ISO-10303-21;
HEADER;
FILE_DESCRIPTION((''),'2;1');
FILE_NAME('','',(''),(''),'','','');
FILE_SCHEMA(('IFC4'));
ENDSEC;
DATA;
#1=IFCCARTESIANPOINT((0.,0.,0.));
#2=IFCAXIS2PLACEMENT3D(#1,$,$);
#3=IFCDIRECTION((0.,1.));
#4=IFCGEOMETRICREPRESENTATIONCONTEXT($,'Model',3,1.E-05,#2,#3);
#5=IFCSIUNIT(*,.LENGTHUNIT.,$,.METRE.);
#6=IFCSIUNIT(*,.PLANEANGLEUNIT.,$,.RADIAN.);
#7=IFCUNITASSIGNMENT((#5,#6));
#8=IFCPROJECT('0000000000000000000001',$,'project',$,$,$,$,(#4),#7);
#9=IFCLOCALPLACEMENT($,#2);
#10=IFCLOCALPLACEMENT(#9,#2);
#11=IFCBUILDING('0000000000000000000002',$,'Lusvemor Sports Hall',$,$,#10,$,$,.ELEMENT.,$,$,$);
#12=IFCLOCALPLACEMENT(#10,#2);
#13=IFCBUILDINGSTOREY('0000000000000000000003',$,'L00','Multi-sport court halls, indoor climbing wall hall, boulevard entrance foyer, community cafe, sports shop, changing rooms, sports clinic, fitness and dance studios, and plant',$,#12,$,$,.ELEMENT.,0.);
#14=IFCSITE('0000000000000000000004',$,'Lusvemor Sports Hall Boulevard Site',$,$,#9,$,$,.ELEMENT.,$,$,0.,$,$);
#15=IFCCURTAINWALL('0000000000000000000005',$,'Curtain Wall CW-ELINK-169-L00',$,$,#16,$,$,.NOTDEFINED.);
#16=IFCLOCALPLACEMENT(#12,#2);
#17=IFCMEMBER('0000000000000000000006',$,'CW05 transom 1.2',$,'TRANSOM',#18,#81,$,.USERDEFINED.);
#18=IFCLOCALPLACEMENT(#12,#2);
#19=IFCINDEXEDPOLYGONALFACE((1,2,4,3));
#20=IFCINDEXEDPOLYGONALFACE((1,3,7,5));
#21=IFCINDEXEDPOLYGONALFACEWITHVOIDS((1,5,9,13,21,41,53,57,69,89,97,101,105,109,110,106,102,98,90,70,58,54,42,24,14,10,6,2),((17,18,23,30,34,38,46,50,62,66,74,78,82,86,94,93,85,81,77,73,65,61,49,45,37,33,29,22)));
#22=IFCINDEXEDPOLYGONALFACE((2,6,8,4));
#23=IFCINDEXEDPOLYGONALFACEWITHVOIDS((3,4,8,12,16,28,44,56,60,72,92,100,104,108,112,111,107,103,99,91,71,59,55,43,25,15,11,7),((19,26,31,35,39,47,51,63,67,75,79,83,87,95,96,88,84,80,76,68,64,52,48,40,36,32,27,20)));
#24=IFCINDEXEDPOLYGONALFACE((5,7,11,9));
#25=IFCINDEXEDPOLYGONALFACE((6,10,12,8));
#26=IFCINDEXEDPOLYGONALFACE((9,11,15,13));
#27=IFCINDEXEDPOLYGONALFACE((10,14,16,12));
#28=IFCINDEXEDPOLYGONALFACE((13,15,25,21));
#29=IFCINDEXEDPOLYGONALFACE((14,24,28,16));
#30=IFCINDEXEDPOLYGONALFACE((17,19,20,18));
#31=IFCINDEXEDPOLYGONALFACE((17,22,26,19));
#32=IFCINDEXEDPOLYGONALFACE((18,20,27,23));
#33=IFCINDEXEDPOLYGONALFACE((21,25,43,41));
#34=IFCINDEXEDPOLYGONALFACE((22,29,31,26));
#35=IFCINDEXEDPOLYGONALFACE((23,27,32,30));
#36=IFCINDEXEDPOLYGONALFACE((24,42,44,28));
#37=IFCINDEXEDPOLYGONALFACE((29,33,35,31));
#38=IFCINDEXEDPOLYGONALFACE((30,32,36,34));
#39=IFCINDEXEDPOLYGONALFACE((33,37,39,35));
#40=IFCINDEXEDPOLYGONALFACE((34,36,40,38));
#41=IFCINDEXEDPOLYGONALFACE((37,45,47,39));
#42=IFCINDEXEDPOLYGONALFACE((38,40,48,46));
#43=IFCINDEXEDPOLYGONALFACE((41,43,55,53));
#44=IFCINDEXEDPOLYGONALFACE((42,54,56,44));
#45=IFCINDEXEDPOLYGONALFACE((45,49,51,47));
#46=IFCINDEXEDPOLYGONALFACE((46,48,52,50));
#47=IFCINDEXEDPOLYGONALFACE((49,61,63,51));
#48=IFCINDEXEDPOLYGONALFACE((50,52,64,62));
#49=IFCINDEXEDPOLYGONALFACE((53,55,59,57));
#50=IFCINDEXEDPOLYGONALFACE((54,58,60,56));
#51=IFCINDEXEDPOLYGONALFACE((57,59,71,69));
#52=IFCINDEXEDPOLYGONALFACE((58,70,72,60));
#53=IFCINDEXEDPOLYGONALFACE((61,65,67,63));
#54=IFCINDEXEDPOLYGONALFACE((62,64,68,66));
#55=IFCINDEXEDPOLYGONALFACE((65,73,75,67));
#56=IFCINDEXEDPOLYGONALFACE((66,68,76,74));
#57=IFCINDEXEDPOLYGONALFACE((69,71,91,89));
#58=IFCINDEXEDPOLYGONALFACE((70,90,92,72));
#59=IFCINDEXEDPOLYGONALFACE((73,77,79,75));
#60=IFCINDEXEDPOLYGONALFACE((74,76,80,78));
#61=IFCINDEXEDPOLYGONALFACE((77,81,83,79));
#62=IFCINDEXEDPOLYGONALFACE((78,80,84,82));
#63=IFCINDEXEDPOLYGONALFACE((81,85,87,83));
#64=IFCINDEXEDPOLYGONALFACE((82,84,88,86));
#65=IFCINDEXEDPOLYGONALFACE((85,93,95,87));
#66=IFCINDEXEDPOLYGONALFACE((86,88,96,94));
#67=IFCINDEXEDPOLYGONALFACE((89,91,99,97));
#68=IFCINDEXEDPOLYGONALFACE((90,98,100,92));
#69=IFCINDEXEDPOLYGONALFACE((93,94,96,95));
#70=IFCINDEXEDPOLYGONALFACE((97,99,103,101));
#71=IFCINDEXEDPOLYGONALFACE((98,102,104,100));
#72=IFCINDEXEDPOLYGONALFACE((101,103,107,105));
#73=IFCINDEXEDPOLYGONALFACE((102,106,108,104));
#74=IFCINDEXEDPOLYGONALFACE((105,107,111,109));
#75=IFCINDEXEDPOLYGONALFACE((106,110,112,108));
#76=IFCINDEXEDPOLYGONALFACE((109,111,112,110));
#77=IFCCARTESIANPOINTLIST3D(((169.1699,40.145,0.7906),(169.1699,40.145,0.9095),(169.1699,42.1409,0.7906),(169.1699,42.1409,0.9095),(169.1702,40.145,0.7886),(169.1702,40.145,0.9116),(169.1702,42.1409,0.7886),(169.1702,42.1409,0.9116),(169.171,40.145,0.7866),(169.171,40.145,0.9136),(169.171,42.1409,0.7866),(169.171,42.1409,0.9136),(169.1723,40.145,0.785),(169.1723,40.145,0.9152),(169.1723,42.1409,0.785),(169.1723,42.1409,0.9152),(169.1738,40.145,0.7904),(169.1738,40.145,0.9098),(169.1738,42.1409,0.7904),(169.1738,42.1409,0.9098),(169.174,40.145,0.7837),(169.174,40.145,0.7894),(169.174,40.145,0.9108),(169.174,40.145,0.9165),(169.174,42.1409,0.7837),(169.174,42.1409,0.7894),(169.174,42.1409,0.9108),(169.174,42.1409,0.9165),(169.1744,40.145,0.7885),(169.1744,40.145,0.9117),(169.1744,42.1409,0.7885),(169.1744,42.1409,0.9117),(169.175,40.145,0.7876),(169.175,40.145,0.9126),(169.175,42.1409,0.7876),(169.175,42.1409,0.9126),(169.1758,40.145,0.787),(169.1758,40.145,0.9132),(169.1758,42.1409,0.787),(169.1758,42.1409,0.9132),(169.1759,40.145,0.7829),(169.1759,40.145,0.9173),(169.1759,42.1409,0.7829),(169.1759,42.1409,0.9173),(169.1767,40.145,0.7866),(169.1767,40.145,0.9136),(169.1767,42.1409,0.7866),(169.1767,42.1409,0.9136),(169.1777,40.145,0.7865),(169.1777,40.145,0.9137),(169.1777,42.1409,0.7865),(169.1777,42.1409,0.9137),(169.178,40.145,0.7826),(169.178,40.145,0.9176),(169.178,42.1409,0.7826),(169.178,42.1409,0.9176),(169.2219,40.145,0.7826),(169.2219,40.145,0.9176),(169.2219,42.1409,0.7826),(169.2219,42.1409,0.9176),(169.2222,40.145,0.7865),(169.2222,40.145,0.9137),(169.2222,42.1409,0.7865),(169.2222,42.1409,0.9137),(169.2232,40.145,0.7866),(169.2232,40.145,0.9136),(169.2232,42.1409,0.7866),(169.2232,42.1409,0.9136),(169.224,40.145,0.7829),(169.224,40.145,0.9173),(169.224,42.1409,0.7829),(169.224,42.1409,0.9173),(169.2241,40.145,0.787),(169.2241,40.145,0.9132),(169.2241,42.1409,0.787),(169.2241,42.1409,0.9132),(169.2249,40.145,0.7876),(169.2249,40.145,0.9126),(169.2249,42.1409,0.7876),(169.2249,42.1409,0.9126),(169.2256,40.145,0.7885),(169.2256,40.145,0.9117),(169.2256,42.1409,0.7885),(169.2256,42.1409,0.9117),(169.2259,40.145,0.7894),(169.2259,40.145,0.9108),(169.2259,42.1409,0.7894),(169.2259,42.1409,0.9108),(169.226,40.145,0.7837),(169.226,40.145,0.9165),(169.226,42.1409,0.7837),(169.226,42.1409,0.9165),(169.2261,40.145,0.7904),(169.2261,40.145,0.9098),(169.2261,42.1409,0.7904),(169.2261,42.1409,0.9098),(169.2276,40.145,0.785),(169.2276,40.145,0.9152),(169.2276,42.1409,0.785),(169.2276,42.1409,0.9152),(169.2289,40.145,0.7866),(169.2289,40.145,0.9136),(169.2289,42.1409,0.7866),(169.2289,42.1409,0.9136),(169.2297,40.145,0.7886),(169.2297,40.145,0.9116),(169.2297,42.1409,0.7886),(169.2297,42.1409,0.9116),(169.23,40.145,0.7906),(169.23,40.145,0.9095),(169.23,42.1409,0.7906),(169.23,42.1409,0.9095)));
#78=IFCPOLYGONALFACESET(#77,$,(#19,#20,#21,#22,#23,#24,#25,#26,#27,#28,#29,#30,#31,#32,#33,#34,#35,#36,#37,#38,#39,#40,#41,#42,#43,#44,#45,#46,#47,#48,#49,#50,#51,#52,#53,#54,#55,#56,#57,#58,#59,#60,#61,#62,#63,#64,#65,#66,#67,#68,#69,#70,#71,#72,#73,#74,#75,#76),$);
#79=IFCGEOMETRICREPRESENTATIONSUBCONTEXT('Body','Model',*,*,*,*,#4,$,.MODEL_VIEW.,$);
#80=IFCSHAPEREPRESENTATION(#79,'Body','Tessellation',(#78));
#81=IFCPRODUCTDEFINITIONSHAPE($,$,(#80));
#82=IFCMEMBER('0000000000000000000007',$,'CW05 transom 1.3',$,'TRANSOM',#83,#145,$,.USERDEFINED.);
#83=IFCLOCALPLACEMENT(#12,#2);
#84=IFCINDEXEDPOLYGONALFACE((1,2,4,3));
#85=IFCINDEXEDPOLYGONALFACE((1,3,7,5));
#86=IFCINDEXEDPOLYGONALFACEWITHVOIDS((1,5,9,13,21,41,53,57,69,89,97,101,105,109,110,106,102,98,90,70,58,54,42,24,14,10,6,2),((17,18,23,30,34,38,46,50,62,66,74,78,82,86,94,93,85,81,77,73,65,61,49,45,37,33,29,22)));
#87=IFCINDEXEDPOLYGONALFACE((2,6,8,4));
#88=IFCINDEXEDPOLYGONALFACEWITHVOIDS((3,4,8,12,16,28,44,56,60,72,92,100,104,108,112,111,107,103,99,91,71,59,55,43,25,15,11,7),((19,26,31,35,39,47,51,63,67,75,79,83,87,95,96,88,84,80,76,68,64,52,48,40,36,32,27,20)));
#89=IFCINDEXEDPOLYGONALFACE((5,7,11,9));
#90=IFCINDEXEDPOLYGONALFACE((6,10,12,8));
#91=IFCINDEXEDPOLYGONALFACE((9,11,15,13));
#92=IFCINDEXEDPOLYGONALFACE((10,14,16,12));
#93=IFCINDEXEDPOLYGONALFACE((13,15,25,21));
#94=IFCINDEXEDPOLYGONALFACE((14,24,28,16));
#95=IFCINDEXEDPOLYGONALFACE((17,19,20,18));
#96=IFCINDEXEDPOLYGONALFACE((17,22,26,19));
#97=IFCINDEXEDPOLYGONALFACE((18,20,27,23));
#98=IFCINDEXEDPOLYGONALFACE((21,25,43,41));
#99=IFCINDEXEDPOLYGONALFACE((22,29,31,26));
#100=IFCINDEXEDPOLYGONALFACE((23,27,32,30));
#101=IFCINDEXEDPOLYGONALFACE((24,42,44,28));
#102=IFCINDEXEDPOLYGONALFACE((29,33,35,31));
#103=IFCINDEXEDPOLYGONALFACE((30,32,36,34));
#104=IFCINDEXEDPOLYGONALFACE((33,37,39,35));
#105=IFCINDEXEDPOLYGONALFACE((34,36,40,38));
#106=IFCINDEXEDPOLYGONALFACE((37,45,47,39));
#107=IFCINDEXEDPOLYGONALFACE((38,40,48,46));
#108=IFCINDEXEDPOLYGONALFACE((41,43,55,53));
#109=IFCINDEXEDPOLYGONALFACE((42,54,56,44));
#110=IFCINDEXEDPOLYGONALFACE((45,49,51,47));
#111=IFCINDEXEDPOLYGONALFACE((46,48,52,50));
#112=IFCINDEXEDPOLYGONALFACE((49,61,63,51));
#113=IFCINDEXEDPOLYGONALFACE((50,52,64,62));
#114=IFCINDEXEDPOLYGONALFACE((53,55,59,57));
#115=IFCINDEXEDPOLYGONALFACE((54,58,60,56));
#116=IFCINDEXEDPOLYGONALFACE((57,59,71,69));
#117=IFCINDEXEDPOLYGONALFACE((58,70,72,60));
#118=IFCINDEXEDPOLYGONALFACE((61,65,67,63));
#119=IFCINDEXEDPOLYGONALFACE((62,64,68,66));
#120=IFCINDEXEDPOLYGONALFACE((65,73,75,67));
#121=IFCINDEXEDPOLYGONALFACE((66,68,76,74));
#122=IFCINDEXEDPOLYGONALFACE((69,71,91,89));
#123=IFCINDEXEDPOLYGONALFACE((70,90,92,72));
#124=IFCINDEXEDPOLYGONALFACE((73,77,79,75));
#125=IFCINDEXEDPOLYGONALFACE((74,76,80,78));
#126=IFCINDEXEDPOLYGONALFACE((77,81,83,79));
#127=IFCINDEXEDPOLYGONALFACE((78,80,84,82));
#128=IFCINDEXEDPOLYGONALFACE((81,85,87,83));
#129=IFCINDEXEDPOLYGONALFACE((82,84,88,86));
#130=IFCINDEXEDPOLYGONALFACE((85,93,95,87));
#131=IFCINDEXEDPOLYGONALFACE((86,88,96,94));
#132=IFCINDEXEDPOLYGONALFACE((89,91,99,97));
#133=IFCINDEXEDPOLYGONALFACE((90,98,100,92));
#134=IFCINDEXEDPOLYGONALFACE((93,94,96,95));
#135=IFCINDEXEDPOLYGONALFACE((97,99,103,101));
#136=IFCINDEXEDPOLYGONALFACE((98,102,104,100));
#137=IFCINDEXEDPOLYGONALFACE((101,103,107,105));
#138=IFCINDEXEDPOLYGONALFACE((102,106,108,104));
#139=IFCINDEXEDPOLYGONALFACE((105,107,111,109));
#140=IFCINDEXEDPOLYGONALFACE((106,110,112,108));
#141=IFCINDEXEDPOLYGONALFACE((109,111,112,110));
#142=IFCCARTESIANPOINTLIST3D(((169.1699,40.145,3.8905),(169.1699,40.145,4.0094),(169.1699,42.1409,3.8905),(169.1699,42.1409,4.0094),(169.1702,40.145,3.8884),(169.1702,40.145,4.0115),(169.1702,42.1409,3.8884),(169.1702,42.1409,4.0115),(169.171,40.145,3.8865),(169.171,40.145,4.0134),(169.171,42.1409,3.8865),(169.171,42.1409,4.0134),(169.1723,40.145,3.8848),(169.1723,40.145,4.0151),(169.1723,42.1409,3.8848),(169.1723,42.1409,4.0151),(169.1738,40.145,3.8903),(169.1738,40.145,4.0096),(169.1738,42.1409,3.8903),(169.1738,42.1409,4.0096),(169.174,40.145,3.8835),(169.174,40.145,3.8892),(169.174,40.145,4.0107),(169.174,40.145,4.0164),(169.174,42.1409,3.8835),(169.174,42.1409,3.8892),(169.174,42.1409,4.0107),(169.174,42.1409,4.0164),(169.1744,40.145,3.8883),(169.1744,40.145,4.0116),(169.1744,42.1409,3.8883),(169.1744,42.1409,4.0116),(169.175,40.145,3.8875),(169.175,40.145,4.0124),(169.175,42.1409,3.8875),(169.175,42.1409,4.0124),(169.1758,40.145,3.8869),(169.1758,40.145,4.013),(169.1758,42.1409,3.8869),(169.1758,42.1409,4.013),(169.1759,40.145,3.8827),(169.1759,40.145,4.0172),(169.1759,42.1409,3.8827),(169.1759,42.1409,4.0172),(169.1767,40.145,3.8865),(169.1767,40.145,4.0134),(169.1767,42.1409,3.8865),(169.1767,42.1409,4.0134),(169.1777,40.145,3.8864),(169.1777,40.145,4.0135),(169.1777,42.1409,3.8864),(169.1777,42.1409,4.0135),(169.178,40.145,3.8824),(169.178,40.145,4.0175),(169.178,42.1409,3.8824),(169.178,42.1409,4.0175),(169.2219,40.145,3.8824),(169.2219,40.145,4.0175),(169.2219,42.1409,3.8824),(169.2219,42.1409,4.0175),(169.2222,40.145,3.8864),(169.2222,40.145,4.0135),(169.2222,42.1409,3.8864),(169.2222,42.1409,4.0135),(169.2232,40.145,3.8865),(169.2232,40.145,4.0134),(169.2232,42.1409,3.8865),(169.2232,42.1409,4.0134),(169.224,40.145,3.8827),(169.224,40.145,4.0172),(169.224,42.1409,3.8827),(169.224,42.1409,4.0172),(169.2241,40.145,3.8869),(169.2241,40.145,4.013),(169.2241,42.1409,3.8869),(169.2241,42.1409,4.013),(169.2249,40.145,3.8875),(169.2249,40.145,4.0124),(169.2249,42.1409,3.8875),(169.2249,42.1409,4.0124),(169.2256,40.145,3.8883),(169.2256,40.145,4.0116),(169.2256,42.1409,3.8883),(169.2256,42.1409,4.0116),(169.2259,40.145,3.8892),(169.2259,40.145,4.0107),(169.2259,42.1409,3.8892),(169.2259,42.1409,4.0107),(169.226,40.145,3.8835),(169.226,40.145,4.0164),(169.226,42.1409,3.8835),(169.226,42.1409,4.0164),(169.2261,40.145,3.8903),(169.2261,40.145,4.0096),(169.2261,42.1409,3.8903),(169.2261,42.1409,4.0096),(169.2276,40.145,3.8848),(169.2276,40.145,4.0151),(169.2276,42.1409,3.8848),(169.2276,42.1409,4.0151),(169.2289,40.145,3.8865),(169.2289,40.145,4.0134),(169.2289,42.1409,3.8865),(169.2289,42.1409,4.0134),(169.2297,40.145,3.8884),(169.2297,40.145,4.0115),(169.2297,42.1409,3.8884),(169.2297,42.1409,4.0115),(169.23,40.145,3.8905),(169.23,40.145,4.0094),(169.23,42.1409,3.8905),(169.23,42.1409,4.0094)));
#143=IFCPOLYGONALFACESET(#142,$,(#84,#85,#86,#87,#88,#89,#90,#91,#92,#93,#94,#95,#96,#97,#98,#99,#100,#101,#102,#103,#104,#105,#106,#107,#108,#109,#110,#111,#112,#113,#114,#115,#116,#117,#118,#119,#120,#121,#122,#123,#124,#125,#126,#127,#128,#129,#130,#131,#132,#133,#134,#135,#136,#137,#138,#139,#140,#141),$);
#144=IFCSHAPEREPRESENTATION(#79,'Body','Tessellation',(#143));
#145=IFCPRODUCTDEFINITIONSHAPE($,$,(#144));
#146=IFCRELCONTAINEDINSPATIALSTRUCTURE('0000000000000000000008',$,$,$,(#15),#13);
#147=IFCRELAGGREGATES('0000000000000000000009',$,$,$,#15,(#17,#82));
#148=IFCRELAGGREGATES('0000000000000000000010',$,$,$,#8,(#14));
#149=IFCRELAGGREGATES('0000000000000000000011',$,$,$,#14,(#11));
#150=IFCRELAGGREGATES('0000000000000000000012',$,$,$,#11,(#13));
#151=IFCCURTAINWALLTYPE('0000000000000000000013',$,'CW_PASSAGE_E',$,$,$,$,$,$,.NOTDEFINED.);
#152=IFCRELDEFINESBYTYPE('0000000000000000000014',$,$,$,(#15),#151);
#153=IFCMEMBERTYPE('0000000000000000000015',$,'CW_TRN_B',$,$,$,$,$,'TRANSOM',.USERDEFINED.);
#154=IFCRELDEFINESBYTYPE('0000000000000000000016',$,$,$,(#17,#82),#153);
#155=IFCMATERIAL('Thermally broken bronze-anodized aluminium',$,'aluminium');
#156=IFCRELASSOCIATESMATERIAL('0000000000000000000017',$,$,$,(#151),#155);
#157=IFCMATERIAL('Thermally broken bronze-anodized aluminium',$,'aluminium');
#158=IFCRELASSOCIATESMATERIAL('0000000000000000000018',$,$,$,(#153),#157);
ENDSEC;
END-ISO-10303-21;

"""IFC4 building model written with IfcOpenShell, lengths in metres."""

from ifc_helpers import new_model, si_unit, direction, frame, origin, origin_2d, place, context, subcontext, project, spatial, hollow_rectangle, extrude, material, material_profile, profile_set, type_object, element, aggregate, save


model = new_model("IFC4")

# Units and contexts
model_context = context("Model", 3, precision=1e-05, world=origin(), true_north=direction((0.0, 1.0)))
body_context = subcontext(model_context, "Body", "Model", "MODEL_VIEW")
ifc_project = project(units=[si_unit("LENGTHUNIT", "METRE"), si_unit("PLANEANGLEUNIT", "RADIAN")], contexts=[model_context])

# Site, building, storey
site_placement = place(None, origin())
site = spatial("IfcSite", under=ifc_project, at=site_placement, Name="Lusvemor Sports Hall Boulevard Site", CompositionType="ELEMENT", RefElevation=0.0)
building_placement = place(site_placement, origin())
building = spatial("IfcBuilding", under=site, at=building_placement, Name="Lusvemor Sports Hall", CompositionType="ELEMENT")
storey_placement = place(building_placement, origin())
storey = spatial("IfcBuildingStorey", under=building, at=storey_placement, Name="L00", Description="Multi-sport court halls, indoor climbing wall hall, boulevard entrance foyer, community cafe, sports shop, changing rooms, sports clinic, fitness and dance studios, and plant", CompositionType="ELEMENT", Elevation=0.0)

# Curtain wall, members
ifc_material_1 = material(Name="Thermally broken bronze-anodized aluminium", Category="aluminium")
curtain_wall_type = type_object("IfcCurtainWallType", Name="CW_PASSAGE_E", PredefinedType="NOTDEFINED", material=ifc_material_1)
curtain_wall_placement = place(storey_placement, origin())
curtain_wall = element("IfcCurtainWall", 1, at=curtain_wall_placement, inside=storey, type_object=curtain_wall_type, Name="Curtain Wall CW-ELINK-169-L00", PredefinedType="NOTDEFINED")
ifc_material_2 = material(Name="Thermally broken bronze-anodized aluminium", Category="aluminium")
ifc_material_profile_1 = material_profile(ifc_material_2, hollow_rectangle(XDim=0.0601, YDim=0.135, WallThickness=0.0039, InnerFilletRadius=0.0039, OuterFilletRadius=0.0081, at=origin_2d()), Name="CWTRN135x60x4")
ifc_profile_set_1 = profile_set([ifc_material_profile_1], Name="Thermally broken bronze-anodized aluminium")
member_type_1 = type_object("IfcMemberType", Name="CW_TRN_B", ElementType="TRANSOM", PredefinedType="USERDEFINED", material=ifc_profile_set_1)
member_1_placement = place(storey_placement, frame((169.2, 40.145, 0.8501), z_axis=(0.0, 1.0, 0.0), x_axis=(-1.0, 0.0, 0.0)))
member_1 = element("IfcMember", 2, at=member_1_placement, type_object=member_type_1, Name="CW05 transom 1.2", ObjectType="TRANSOM", PredefinedType="USERDEFINED", context=body_context, shape_type="SweptSolid", body=[
    extrude(hollow_rectangle(XDim=0.0601, YDim=0.135, WallThickness=0.0039, InnerFilletRadius=0.0039, OuterFilletRadius=0.0081, at=origin_2d()), origin(), (0.0, 0.0, 1.0), 1.9958),
])
member_2_placement = place(storey_placement, frame((169.2, 40.145, 3.95), z_axis=(0.0, 1.0, 0.0), x_axis=(-1.0, 0.0, 0.0)))
member_2 = element("IfcMember", 3, at=member_2_placement, type_object=member_type_1, Name="CW05 transom 1.3", ObjectType="TRANSOM", PredefinedType="USERDEFINED", context=body_context, shape_type="SweptSolid", body=[
    extrude(hollow_rectangle(XDim=0.0601, YDim=0.135, WallThickness=0.0039, InnerFilletRadius=0.0039, OuterFilletRadius=0.0081, at=origin_2d()), origin(), (0.0, 0.0, 1.0), 1.9958),
])
aggregate(curtain_wall, [member_1, member_2])

save(model, "model.ifc")
